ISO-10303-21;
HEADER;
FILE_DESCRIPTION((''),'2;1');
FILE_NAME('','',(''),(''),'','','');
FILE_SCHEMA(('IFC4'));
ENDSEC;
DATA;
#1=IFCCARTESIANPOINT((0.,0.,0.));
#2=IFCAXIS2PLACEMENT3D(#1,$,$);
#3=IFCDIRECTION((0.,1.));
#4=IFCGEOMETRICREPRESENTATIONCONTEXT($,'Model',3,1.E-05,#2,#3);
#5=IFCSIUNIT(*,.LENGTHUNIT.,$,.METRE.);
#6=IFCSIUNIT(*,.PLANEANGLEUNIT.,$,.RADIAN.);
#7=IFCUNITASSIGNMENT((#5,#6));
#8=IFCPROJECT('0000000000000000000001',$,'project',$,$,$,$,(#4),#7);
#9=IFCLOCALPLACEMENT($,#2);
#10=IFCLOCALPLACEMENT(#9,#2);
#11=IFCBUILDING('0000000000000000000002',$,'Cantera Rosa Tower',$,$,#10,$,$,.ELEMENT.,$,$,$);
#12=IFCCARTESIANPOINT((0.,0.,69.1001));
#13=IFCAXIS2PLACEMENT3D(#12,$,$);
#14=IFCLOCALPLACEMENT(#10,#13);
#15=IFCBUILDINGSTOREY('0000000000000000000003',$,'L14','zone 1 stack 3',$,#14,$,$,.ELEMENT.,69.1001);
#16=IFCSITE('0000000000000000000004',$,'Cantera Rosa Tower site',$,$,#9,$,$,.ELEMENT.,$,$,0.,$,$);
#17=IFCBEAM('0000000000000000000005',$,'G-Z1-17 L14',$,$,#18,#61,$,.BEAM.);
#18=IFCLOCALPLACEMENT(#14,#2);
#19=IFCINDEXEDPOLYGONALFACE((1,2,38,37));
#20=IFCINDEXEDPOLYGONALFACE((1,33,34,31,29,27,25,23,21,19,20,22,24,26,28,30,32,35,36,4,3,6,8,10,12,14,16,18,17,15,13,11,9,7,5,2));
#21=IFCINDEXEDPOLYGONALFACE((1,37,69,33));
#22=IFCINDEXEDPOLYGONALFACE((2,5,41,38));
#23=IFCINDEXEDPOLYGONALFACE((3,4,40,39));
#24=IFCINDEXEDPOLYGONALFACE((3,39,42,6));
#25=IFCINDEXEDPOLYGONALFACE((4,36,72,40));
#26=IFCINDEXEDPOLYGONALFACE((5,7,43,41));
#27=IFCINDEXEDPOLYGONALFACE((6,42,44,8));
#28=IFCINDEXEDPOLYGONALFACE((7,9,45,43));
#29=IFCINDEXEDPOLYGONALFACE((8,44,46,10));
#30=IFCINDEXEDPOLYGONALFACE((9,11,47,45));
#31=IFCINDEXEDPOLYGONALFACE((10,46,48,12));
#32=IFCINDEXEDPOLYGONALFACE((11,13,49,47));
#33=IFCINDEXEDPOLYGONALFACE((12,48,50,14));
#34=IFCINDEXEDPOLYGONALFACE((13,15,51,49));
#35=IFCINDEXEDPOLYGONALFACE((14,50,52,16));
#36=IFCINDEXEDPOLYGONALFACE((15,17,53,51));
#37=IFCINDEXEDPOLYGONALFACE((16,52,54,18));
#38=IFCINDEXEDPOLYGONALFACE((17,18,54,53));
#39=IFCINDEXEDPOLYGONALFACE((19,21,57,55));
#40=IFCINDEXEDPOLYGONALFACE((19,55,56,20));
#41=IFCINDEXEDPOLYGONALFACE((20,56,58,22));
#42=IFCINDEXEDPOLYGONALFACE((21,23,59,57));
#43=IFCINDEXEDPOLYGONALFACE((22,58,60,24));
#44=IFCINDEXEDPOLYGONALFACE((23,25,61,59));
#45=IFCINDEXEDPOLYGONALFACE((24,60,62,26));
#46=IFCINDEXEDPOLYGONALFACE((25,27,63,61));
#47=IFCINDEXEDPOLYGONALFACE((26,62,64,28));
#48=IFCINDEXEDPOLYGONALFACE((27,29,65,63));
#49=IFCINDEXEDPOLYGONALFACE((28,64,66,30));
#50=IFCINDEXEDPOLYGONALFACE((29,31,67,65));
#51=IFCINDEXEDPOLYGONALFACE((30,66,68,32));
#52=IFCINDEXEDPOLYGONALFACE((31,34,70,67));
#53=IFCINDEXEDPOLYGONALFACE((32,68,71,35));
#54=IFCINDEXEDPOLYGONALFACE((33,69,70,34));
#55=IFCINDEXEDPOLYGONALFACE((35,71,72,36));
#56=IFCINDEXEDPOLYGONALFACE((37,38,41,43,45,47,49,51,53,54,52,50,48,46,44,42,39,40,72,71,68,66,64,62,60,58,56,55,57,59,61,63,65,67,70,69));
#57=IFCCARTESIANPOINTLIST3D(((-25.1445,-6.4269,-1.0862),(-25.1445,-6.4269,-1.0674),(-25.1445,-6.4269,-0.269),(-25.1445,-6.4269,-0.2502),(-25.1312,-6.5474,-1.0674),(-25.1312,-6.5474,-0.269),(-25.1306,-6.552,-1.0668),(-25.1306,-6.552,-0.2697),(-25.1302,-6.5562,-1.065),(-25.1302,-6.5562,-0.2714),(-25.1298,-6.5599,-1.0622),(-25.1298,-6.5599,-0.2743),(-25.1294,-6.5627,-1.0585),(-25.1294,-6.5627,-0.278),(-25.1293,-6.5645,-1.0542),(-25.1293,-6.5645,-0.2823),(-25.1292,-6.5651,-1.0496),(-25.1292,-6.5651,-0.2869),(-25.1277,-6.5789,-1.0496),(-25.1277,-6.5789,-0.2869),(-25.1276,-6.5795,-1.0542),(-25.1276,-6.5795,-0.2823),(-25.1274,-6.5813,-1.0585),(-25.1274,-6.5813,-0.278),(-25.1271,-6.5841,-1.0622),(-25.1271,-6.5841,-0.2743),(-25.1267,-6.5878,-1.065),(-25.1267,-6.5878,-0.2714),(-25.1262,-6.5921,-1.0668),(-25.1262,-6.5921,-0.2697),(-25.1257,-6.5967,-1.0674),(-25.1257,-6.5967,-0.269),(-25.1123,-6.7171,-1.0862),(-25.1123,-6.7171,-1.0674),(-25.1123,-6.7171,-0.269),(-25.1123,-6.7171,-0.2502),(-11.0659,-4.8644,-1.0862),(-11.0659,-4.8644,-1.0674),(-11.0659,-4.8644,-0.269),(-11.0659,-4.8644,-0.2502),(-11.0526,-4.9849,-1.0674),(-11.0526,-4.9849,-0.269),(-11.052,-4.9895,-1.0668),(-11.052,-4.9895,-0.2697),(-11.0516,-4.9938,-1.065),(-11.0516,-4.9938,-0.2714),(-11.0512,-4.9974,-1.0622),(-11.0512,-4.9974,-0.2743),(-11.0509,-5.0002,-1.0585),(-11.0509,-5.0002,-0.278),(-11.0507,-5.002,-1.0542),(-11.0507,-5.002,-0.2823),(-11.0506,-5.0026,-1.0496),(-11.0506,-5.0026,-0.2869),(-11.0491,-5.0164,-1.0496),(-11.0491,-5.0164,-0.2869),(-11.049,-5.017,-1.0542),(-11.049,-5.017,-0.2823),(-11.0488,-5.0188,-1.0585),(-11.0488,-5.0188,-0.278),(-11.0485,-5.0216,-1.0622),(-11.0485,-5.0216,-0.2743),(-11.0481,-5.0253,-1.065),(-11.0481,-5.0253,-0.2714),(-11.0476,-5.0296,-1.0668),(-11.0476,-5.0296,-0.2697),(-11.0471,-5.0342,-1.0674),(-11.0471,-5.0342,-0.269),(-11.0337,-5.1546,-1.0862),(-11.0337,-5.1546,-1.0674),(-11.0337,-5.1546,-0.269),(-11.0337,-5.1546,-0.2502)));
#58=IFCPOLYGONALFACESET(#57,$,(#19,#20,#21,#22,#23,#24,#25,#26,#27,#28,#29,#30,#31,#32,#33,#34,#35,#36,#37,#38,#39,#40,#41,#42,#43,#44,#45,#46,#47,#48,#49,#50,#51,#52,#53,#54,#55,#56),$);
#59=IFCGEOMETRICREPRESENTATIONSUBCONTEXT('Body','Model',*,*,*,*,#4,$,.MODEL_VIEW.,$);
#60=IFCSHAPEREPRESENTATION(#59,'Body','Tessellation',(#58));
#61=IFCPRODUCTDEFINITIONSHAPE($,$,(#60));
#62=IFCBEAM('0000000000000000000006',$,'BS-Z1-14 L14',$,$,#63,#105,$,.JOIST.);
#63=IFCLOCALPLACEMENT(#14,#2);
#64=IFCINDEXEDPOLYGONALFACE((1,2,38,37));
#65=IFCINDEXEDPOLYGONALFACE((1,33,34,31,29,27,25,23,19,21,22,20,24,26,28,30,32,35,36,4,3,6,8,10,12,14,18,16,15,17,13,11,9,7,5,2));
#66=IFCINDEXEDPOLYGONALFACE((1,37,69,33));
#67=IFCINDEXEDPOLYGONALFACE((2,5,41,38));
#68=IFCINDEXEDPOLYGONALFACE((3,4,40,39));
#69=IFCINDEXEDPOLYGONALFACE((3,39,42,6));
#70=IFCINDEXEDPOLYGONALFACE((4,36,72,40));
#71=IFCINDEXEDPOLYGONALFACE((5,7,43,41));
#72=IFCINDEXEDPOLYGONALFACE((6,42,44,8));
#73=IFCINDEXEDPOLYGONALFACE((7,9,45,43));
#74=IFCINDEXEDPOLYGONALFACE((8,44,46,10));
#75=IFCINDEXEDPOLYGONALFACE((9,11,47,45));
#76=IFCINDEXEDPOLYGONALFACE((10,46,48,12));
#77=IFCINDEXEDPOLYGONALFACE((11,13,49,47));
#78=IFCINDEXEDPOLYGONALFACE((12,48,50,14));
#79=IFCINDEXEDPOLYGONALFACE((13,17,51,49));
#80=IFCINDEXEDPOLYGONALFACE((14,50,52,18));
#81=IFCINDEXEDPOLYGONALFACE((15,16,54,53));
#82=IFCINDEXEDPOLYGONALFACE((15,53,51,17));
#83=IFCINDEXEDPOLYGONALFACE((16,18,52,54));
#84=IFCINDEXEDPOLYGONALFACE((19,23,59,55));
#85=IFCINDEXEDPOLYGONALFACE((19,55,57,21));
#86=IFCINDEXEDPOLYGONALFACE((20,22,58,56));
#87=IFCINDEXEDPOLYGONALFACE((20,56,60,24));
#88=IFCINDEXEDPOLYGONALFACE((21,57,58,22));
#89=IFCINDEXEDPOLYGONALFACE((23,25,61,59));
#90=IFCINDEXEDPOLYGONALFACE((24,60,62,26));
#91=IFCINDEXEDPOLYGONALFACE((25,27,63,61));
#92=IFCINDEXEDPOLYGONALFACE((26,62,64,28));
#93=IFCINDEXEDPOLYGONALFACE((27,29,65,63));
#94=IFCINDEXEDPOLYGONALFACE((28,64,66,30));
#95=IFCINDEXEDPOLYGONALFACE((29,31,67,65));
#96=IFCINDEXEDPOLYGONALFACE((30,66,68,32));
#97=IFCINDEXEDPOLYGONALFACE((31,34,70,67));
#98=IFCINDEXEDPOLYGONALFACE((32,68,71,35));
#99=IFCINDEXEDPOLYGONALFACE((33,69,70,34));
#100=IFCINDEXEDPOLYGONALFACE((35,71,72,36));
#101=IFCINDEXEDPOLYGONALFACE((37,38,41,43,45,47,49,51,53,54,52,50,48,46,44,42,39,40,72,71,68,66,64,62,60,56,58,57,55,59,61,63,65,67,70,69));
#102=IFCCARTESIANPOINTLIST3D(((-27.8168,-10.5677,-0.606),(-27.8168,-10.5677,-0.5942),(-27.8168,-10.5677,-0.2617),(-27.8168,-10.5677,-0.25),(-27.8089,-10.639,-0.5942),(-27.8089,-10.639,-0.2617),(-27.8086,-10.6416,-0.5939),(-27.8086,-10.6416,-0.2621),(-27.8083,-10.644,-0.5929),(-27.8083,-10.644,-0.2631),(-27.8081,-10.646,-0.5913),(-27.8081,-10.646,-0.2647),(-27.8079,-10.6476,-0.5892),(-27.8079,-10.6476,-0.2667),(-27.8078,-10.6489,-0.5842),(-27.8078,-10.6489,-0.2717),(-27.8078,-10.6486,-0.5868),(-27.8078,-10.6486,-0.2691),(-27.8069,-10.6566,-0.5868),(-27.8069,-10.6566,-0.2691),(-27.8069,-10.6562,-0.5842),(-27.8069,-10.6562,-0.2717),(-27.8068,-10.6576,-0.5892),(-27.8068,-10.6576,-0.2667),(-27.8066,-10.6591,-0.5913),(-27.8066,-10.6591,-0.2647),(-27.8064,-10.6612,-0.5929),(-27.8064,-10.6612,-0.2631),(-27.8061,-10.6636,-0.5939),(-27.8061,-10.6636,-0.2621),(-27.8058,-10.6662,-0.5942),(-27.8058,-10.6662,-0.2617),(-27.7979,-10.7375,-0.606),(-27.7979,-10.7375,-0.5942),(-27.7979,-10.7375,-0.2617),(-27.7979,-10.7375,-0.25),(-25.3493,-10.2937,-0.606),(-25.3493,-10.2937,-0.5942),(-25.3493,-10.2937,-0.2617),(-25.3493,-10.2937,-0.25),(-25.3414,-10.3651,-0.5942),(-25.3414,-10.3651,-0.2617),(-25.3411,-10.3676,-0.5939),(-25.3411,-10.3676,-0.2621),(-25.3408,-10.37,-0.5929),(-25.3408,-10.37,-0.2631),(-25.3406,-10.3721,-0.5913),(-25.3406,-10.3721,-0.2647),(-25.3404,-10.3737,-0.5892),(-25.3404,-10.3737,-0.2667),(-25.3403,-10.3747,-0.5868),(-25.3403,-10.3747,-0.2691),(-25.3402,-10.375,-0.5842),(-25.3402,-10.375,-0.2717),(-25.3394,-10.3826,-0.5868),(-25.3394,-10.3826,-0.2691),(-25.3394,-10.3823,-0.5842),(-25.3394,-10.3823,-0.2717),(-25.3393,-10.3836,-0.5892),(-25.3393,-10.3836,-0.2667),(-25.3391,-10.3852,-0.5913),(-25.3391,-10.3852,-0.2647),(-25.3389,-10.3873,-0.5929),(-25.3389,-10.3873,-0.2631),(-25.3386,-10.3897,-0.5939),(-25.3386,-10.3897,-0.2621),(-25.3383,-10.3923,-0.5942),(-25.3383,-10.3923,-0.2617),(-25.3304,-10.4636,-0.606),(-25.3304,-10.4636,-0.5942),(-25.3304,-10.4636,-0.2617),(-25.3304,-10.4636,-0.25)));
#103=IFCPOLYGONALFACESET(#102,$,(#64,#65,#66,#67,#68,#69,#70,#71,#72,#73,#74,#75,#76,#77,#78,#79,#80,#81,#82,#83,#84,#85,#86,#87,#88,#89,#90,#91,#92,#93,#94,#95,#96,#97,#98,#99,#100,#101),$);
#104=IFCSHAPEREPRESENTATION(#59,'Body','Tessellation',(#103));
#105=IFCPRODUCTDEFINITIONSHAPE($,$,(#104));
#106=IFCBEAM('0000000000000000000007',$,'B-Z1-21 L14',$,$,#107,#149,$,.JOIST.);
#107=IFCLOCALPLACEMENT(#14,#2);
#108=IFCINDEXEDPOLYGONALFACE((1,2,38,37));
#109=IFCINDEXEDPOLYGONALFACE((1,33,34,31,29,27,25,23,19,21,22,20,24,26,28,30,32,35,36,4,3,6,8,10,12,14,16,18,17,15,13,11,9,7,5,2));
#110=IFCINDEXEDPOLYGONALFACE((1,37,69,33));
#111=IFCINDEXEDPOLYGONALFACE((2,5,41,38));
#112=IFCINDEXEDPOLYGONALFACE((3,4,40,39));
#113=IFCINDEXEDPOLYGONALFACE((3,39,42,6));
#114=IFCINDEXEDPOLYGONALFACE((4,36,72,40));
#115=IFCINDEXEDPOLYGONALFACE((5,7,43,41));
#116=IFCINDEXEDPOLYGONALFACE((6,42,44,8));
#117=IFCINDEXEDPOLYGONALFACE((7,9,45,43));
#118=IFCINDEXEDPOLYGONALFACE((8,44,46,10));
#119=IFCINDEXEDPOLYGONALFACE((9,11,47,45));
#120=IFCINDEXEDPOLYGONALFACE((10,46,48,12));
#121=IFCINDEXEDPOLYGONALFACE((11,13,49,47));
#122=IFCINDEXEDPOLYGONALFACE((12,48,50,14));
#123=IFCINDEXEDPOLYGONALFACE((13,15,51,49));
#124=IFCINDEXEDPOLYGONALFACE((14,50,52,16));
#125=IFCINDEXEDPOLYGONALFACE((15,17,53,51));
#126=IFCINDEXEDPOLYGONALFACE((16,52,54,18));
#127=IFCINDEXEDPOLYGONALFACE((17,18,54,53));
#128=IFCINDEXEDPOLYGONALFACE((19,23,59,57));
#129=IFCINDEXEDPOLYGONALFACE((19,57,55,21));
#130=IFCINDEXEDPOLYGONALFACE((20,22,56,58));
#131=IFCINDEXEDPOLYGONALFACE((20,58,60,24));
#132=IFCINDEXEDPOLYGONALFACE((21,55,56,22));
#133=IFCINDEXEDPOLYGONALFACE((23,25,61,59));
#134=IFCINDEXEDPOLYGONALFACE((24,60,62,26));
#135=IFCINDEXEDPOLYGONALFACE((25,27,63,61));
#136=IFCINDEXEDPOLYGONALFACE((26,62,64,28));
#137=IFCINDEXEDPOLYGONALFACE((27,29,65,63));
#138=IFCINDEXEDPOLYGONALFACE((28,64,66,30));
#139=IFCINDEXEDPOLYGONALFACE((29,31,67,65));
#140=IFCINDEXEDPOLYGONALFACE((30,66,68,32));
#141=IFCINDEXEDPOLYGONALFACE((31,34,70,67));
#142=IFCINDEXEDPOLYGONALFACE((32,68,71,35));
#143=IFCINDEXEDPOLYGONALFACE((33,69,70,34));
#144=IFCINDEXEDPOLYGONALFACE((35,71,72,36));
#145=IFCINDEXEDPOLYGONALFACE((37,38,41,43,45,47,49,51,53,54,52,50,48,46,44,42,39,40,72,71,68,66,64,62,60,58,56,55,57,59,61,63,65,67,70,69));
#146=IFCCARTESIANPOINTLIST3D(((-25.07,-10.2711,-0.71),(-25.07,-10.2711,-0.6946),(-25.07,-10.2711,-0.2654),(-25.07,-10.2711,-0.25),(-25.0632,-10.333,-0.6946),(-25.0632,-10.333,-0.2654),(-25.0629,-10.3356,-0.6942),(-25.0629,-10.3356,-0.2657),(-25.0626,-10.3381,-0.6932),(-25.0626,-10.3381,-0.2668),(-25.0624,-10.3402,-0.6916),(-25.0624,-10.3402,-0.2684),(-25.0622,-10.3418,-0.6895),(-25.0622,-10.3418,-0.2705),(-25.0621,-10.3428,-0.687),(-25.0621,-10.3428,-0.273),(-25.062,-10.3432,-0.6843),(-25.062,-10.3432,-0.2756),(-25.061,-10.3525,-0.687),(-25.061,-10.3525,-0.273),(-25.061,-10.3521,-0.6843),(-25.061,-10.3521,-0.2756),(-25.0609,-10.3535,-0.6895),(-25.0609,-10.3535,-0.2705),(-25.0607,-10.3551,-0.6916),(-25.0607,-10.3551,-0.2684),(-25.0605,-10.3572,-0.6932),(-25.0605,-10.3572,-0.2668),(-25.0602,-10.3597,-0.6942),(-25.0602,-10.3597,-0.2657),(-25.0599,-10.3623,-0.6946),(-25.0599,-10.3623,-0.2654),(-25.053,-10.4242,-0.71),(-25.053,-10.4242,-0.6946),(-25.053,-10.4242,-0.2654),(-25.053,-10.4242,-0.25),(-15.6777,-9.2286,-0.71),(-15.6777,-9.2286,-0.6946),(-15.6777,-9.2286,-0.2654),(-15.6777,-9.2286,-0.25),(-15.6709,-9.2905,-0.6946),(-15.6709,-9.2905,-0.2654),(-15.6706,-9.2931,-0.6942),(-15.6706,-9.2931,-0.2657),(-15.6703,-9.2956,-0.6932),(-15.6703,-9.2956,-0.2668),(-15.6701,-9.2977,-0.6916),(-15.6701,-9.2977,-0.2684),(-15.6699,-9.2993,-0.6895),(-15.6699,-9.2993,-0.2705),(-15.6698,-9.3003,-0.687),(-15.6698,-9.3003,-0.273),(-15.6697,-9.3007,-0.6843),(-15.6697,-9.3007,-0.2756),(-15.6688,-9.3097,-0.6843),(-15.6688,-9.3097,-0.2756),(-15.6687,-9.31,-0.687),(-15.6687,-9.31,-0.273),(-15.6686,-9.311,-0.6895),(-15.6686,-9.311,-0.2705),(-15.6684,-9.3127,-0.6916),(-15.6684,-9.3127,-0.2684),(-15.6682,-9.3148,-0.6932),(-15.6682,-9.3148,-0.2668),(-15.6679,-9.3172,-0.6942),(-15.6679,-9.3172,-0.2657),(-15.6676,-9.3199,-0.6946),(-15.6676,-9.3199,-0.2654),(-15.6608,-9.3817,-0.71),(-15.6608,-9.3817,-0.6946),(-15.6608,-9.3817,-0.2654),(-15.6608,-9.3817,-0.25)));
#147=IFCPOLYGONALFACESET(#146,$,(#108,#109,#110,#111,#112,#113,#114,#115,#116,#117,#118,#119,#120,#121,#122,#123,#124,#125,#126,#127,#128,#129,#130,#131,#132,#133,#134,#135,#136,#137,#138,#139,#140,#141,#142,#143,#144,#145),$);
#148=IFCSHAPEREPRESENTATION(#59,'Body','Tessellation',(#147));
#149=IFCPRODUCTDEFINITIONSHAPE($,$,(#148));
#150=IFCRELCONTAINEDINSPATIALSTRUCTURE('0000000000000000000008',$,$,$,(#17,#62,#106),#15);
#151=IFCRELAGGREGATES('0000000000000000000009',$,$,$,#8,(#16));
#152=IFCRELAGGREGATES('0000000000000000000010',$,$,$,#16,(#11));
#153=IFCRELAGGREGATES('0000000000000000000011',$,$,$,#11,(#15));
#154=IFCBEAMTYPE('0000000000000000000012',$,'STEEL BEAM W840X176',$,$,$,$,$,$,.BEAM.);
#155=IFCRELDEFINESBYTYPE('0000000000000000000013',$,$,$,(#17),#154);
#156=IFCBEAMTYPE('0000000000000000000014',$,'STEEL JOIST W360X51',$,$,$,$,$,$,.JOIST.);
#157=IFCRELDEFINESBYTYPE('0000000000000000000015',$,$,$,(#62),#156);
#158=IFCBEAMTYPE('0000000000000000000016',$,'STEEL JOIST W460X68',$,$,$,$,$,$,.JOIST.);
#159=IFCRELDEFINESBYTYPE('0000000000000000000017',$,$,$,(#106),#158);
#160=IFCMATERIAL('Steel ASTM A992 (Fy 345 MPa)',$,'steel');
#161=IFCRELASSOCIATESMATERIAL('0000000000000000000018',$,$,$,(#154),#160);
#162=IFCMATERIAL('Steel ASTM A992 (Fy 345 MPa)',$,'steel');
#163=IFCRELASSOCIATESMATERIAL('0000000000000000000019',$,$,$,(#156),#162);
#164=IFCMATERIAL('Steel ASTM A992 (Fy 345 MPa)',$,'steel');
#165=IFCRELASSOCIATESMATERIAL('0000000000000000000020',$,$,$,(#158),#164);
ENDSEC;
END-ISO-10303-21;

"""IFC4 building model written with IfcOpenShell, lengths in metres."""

from ifc_helpers import new_model, si_unit, direction, frame, origin, origin_2d, place, context, subcontext, project, spatial, i_section, extrude, material, material_profile, profile_set, type_object, element, save


model = new_model("IFC4")

# Units and contexts
model_context = context("Model", 3, precision=1e-05, world=origin(), true_north=direction((0.0, 1.0)))
body_context = subcontext(model_context, "Body", "Model", "MODEL_VIEW")
ifc_project = project(units=[si_unit("LENGTHUNIT", "METRE"), si_unit("PLANEANGLEUNIT", "RADIAN")], contexts=[model_context])

# Site, building, storey
site_placement = place(None, origin())
site = spatial("IfcSite", under=ifc_project, at=site_placement, Name="Cantera Rosa Tower site", CompositionType="ELEMENT", RefElevation=0.0)
building_placement = place(site_placement, origin())
building = spatial("IfcBuilding", under=site, at=building_placement, Name="Cantera Rosa Tower", CompositionType="ELEMENT")
storey_placement = place(building_placement, frame((0.0, 0.0, 69.1001)))
storey = spatial("IfcBuildingStorey", under=building, at=storey_placement, Name="L14", Description="zone 1 stack 3", CompositionType="ELEMENT", Elevation=69.1001)

# Beams
ifc_material_1 = material(Name="Steel ASTM A992 (Fy 345 MPa)", Category="steel")
ifc_material_profile_1 = material_profile(ifc_material_1, i_section(OverallWidth=0.292, OverallDepth=0.8359, WebThickness=0.0139, FlangeThickness=0.0188, FilletRadius=0.0178, at=origin_2d()), Name="W840X176")
ifc_profile_set_1 = profile_set([ifc_material_profile_1], Name="Steel ASTM A992 (Fy 345 MPa)")
beam_type_1 = type_object("IfcBeamType", Name="STEEL BEAM W840X176", PredefinedType="BEAM", material=ifc_profile_set_1)
beam_1_placement = place(storey_placement, frame((-25.1284, -6.572, -0.6682), z_axis=(0.993898, 0.110307, 0.0), x_axis=(-0.110307, 0.993898, 0.0)))
element("IfcBeam", 1, at=beam_1_placement, inside=storey, type_object=beam_type_1, Name="G-Z1-17 L14", PredefinedType="BEAM", context=body_context, shape_type="SweptSolid", body=[
    extrude(i_section(OverallWidth=0.292, OverallDepth=0.8359, WebThickness=0.0139, FlangeThickness=0.0188, FilletRadius=0.0178, at=origin_2d()), origin(), (0.0, 0.0, 1.0), 14.165),
])
ifc_material_2 = material(Name="Steel ASTM A992 (Fy 345 MPa)", Category="steel")
ifc_material_profile_2 = material_profile(ifc_material_2, i_section(OverallWidth=0.1709, OverallDepth=0.356, WebThickness=0.0073, FlangeThickness=0.0117, FilletRadius=0.01, at=origin_2d()), Name="W360X51")
ifc_profile_set_2 = profile_set([ifc_material_profile_2], Name="Steel ASTM A992 (Fy 345 MPa)")
beam_type_2 = type_object("IfcBeamType", Name="STEEL JOIST W360X51", PredefinedType="JOIST", material=ifc_profile_set_2)
beam_2_placement = place(storey_placement, frame((-25.3398, -10.3787, -0.428), z_axis=(-0.993895, -0.110334, 0.0), x_axis=(0.110334, -0.993895, 0.0)))
element("IfcBeam", 2, at=beam_2_placement, inside=storey, type_object=beam_type_2, Name="BS-Z1-14 L14", PredefinedType="JOIST", context=body_context, shape_type="SweptSolid", body=[
    extrude(i_section(OverallWidth=0.1709, OverallDepth=0.356, WebThickness=0.0073, FlangeThickness=0.0117, FilletRadius=0.01, at=origin_2d()), origin(), (0.0, 0.0, 1.0), 2.4827),
])
ifc_material_3 = material(Name="Steel ASTM A992 (Fy 345 MPa)", Category="steel")
ifc_material_profile_3 = material_profile(ifc_material_3, i_section(OverallWidth=0.1541, OverallDepth=0.46, WebThickness=0.009, FlangeThickness=0.0154, FilletRadius=0.0103, at=origin_2d()), Name="W460X68")
ifc_profile_set_3 = profile_set([ifc_material_profile_3], Name="Steel ASTM A992 (Fy 345 MPa)")
beam_type_3 = type_object("IfcBeamType", Name="STEEL JOIST W460X68", PredefinedType="JOIST", material=ifc_profile_set_3)
beam_3_placement = place(storey_placement, frame((-25.0615, -10.3477, -0.48), z_axis=(0.993897, 0.110315, 0.0), x_axis=(-0.110315, 0.993897, 0.0)))
element("IfcBeam", 3, at=beam_3_placement, inside=storey, type_object=beam_type_3, Name="B-Z1-21 L14", PredefinedType="JOIST", context=body_context, shape_type="SweptSolid", body=[
    extrude(i_section(OverallWidth=0.1541, OverallDepth=0.46, WebThickness=0.009, FlangeThickness=0.0154, FilletRadius=0.0103, at=origin_2d()), origin(), (0.0, 0.0, 1.0), 9.45),
])

save(model, "model.ifc")
